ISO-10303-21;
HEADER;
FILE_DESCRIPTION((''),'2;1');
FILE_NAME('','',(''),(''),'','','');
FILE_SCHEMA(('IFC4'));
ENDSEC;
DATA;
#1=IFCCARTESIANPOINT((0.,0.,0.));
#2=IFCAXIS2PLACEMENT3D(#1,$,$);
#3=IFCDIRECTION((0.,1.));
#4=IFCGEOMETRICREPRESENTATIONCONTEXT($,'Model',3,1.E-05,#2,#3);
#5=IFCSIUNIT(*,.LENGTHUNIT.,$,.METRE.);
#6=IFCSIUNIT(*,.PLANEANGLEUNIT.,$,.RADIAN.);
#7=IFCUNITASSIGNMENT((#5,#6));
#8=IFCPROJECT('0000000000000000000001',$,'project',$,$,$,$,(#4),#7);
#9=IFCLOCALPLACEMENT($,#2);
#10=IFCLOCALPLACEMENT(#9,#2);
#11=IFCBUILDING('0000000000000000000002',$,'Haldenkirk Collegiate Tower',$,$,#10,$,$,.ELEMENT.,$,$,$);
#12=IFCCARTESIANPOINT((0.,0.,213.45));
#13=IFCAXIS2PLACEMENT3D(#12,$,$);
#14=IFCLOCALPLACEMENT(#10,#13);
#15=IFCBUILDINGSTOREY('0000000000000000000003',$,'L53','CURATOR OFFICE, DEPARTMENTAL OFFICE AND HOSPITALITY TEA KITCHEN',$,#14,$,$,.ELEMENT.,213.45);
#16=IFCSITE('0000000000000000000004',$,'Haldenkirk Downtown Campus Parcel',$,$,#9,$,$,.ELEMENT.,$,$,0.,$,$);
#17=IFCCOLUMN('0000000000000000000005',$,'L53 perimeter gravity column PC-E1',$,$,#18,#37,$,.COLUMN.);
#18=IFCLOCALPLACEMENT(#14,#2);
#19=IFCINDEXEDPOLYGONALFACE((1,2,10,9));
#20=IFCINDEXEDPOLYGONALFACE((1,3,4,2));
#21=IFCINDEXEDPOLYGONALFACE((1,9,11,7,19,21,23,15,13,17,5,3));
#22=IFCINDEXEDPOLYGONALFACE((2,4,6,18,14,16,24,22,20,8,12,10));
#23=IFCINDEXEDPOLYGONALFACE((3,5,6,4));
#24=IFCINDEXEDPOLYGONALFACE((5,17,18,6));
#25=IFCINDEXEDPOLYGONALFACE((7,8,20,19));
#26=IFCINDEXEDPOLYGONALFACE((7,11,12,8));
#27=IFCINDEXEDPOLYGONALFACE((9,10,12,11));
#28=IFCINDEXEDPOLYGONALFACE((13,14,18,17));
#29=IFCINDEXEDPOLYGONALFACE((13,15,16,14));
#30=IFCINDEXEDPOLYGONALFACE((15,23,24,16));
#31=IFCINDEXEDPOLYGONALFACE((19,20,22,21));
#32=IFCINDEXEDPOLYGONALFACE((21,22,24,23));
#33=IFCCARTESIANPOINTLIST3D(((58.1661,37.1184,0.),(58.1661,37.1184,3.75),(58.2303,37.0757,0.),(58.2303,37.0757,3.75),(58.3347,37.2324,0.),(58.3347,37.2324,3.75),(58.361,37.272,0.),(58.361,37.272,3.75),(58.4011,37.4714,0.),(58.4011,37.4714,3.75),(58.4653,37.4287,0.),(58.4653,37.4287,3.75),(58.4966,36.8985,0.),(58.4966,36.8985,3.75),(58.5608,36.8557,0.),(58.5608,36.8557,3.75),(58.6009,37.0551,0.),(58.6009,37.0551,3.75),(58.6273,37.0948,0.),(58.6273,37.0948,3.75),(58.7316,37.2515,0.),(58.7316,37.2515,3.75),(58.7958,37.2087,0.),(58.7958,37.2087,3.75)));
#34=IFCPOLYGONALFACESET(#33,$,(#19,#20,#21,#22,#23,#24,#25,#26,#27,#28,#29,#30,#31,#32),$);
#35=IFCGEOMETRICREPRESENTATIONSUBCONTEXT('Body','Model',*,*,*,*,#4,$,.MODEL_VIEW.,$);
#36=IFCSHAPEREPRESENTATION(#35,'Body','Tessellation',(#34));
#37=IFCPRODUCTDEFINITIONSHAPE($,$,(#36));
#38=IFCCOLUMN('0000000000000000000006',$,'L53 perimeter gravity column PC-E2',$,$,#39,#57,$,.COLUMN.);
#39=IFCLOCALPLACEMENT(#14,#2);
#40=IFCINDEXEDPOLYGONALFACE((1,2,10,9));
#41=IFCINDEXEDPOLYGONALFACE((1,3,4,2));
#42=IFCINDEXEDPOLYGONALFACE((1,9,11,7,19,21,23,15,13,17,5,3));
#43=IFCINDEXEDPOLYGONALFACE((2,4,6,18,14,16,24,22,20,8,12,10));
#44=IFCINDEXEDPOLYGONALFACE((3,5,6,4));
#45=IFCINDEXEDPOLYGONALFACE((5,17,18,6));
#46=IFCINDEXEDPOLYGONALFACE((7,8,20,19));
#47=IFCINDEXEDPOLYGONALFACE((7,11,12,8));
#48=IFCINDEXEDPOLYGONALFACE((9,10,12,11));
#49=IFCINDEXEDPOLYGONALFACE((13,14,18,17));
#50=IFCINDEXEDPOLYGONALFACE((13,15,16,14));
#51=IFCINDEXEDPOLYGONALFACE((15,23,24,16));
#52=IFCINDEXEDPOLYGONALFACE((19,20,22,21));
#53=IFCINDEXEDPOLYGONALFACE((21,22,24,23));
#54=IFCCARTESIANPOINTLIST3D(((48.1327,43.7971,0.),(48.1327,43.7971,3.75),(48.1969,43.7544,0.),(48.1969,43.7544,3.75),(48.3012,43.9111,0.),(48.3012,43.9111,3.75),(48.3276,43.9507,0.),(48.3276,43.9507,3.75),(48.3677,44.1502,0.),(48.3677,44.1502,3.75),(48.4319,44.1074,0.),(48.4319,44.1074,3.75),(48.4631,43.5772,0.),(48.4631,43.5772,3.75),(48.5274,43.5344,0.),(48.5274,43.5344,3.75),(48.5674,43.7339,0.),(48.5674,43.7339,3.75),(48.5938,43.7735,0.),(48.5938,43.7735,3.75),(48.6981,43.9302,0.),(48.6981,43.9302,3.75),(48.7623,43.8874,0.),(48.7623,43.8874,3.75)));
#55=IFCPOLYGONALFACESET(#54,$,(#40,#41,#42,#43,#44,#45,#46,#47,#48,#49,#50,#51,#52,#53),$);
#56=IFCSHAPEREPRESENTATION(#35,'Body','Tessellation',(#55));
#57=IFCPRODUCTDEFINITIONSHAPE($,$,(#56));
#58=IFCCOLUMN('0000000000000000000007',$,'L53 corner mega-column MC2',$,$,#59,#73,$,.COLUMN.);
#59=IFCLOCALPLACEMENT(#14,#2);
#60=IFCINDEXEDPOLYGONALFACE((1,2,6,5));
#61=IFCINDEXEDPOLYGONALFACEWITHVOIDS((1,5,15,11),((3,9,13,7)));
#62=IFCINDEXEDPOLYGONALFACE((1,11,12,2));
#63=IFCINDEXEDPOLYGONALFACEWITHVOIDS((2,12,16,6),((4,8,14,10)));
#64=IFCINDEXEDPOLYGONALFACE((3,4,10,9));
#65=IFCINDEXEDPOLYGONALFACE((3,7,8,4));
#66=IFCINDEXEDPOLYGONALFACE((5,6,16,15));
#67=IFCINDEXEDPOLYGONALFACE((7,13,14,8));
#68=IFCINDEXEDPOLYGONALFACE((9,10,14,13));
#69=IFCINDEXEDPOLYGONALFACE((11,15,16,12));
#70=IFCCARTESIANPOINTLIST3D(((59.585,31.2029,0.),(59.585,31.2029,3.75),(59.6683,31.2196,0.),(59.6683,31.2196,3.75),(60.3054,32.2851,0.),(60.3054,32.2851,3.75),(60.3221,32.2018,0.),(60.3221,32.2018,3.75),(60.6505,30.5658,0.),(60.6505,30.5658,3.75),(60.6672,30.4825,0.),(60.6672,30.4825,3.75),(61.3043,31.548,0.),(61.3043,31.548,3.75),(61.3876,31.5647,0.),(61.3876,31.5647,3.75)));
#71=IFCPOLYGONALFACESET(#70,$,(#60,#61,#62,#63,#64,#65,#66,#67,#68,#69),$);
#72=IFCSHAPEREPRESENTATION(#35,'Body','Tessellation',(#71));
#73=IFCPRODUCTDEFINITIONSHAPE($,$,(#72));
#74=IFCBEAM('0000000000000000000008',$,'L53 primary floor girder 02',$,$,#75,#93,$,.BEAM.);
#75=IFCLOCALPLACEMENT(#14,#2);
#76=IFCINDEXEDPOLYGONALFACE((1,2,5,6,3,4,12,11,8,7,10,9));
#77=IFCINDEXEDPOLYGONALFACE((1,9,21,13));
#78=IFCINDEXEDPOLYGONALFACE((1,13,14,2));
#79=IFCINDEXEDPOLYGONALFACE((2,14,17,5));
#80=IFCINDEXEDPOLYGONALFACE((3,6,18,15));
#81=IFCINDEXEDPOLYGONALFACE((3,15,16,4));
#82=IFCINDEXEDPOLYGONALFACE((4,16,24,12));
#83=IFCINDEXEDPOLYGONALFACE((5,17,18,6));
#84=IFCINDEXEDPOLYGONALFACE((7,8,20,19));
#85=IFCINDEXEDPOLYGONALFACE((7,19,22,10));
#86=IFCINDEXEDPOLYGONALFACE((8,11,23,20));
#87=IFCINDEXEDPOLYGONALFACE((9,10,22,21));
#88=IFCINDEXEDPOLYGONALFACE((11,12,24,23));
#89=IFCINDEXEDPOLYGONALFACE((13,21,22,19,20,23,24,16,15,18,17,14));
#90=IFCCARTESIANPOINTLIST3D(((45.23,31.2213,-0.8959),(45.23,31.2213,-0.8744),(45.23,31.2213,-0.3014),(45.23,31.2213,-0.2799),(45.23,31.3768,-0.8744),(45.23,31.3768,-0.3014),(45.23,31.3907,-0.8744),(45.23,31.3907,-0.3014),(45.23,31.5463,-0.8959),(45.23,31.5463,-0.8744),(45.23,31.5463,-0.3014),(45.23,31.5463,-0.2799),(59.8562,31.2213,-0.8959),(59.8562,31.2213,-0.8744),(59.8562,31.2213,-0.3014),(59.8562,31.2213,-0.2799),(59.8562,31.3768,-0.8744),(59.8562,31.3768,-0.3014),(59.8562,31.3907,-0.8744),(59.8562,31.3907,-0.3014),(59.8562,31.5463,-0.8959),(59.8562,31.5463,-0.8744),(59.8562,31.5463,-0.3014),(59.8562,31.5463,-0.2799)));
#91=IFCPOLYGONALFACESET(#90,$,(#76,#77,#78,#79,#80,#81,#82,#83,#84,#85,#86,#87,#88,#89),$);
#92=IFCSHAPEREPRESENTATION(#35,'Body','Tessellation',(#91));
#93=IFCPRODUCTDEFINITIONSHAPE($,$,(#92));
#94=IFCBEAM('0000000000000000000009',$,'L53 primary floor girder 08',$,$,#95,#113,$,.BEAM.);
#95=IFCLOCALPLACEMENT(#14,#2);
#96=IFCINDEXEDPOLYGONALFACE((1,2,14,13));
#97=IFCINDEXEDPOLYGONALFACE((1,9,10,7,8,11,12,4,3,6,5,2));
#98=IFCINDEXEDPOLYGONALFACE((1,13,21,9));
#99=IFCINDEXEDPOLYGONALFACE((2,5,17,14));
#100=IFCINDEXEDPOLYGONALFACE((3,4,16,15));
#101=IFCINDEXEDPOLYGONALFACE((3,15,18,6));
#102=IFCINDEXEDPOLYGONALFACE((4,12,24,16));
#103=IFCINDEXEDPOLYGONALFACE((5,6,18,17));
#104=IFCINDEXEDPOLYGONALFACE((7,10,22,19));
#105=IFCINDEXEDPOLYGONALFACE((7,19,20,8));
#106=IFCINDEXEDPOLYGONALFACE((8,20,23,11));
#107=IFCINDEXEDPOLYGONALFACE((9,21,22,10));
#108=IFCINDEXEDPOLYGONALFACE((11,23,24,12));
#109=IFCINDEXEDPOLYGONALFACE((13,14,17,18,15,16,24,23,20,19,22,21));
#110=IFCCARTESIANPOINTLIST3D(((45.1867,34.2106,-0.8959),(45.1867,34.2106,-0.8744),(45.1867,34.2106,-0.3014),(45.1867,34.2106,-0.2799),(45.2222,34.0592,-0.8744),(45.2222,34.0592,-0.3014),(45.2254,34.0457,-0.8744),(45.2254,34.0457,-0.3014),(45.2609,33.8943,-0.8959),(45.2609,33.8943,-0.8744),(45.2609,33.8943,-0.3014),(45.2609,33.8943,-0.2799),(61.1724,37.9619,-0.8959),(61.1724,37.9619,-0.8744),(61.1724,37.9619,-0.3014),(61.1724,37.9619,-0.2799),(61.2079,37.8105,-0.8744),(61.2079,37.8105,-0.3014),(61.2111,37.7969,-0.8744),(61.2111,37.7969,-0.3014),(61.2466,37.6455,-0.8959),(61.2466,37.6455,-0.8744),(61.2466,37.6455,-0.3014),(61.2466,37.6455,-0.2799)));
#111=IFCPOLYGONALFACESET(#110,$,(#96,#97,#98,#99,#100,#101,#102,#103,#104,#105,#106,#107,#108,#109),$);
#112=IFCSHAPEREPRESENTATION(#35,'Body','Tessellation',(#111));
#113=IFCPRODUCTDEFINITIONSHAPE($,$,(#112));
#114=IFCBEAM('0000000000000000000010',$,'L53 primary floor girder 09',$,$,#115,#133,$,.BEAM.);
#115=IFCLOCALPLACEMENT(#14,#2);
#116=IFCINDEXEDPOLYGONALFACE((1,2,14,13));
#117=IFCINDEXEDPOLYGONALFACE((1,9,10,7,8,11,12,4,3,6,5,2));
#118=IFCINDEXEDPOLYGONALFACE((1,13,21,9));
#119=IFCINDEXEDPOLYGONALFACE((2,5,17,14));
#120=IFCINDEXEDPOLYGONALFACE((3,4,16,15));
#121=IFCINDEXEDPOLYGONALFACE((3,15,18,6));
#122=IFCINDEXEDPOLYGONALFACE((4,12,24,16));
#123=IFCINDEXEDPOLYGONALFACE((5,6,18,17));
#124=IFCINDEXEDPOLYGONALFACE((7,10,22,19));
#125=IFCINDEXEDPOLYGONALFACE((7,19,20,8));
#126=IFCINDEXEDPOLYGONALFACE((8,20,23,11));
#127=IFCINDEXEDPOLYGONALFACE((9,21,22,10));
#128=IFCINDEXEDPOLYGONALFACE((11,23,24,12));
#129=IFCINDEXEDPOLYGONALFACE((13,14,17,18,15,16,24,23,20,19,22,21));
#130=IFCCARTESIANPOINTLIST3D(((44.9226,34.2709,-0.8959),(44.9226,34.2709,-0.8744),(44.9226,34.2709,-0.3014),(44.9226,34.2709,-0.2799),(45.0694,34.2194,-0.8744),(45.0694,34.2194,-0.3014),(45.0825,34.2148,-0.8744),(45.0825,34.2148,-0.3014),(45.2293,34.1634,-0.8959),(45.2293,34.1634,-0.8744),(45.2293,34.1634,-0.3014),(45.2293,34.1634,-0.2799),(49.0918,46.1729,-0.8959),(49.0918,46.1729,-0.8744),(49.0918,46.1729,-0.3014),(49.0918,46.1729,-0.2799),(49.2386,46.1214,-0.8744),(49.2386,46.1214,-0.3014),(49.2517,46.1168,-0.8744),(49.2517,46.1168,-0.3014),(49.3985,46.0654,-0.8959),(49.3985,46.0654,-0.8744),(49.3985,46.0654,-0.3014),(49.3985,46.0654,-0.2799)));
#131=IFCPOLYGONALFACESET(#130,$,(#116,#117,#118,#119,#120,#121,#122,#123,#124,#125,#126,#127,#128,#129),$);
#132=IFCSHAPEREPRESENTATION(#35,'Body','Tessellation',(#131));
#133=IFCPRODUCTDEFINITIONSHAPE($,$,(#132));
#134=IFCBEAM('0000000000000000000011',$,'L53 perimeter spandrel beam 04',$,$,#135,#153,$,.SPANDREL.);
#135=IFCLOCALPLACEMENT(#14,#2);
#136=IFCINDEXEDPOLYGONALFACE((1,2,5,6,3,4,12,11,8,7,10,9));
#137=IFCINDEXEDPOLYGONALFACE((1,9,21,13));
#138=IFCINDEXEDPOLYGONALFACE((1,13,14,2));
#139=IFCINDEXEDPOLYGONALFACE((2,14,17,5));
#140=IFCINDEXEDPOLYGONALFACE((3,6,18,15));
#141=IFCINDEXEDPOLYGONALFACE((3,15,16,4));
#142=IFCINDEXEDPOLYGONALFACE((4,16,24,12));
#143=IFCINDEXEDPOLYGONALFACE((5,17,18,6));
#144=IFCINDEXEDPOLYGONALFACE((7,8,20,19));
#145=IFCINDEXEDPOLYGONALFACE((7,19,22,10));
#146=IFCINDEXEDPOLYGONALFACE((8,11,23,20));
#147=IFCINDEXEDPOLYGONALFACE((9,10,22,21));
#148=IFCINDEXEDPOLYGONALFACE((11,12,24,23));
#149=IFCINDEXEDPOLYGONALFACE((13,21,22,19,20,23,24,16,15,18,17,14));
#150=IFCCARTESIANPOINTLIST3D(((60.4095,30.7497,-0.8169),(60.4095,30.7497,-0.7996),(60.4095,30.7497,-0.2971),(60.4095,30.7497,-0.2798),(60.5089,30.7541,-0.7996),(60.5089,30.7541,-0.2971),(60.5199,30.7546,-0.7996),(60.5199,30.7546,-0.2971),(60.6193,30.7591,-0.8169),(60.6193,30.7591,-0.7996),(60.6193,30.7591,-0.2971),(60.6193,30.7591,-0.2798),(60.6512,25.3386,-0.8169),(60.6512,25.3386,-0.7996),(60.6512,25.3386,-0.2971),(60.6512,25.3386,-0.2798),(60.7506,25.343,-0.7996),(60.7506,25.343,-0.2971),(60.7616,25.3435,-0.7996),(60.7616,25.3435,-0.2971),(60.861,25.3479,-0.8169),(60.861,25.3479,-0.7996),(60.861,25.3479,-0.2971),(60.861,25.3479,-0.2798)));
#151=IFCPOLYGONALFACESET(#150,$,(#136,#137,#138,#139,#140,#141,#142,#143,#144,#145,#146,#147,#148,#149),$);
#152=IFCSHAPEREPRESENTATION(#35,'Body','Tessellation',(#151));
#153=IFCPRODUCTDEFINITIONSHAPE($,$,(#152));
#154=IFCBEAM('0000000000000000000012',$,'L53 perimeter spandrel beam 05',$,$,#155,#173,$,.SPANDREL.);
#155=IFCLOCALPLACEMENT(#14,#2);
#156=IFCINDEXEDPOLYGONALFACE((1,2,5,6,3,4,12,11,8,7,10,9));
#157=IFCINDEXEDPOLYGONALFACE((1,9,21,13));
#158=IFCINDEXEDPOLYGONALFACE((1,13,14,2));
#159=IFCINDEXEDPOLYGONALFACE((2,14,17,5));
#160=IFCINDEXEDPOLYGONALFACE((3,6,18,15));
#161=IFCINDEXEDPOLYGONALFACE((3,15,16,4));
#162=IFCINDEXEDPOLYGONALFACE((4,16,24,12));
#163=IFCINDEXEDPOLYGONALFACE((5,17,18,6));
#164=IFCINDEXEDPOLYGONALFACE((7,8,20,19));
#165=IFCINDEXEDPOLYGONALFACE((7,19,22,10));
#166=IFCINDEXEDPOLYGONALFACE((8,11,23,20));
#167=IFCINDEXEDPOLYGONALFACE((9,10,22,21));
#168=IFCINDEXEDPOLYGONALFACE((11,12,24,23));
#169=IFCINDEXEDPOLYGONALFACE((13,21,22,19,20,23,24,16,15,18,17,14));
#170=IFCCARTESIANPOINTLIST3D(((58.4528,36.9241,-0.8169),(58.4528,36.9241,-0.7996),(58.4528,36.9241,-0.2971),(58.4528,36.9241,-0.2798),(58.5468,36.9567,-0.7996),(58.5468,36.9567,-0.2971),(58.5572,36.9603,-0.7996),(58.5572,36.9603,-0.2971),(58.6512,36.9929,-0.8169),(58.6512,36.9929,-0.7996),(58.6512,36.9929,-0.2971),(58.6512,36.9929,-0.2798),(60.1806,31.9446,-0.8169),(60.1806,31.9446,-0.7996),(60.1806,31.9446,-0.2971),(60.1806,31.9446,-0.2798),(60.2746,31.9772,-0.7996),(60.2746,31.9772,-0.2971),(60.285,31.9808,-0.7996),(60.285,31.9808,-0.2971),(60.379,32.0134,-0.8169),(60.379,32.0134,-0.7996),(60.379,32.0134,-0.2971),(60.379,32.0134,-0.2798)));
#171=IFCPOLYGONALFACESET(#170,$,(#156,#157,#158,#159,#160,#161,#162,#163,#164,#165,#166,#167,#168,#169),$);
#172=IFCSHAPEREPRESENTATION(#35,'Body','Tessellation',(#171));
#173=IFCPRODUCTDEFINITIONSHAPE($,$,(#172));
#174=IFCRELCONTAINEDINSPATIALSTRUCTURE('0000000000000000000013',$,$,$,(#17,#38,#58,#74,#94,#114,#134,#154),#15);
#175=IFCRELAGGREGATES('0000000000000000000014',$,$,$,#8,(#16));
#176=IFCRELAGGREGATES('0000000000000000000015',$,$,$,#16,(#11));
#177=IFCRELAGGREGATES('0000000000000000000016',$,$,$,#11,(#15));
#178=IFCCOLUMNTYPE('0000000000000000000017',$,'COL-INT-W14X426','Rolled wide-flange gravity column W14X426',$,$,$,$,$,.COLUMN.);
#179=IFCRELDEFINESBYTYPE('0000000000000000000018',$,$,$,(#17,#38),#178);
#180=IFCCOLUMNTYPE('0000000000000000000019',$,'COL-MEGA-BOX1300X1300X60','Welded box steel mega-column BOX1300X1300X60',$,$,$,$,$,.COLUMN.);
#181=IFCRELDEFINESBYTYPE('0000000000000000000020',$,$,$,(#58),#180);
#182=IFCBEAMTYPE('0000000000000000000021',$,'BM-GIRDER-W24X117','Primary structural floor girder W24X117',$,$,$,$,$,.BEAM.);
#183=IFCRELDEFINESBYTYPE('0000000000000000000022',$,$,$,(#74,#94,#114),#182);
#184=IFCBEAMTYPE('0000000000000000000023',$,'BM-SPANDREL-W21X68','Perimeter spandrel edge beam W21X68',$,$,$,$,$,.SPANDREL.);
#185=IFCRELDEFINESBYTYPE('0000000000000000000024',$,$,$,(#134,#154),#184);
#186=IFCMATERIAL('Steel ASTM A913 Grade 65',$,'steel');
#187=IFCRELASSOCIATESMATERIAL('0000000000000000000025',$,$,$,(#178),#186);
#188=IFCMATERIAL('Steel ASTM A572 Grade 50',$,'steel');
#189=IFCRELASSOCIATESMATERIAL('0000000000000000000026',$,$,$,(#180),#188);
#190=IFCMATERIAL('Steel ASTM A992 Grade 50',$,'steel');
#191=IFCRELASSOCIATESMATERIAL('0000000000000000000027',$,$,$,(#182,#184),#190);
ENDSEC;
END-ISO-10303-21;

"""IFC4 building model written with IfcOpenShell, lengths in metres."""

from ifc_helpers import new_model, si_unit, direction, frame, origin, origin_2d, place, context, subcontext, project, spatial, hollow_rectangle, i_section, extrude, material, material_profile, profile_set, type_object, element, save


model = new_model("IFC4")

# Units and contexts
model_context = context("Model", 3, precision=1e-05, world=origin(), true_north=direction((0.0, 1.0)))
body_context = subcontext(model_context, "Body", "Model", "MODEL_VIEW")
ifc_project = project(units=[si_unit("LENGTHUNIT", "METRE"), si_unit("PLANEANGLEUNIT", "RADIAN")], contexts=[model_context])

# Site, building, storey
site_placement = place(None, origin())
site = spatial("IfcSite", under=ifc_project, at=site_placement, Name="Haldenkirk Downtown Campus Parcel", CompositionType="ELEMENT", RefElevation=0.0)
building_placement = place(site_placement, origin())
building = spatial("IfcBuilding", under=site, at=building_placement, Name="Haldenkirk Collegiate Tower", CompositionType="ELEMENT")
storey_placement = place(building_placement, frame((0.0, 0.0, 213.45)))
storey = spatial("IfcBuildingStorey", under=building, at=storey_placement, Name="L53", Description="CURATOR OFFICE, DEPARTMENTAL OFFICE AND HOSPITALITY TEA KITCHEN", CompositionType="ELEMENT", Elevation=213.45)

# Columns
ifc_material_1 = material(Name="Steel ASTM A913 Grade 65", Category="steel")
ifc_material_profile_1 = material_profile(ifc_material_1, i_section(OverallWidth=0.4241, OverallDepth=0.4741, WebThickness=0.0476, FlangeThickness=0.0771, at=origin_2d()), Name="W14X426")
ifc_profile_set_1 = profile_set([ifc_material_profile_1], Name="Steel ASTM A913 Grade 65")
column_type_1 = type_object("IfcColumnType", Name="COL-INT-W14X426", Description="Rolled wide-flange gravity column W14X426", PredefinedType="COLUMN", material=ifc_profile_set_1)
for number, where, z_axis, x_axis, name in (
    (1, (58.481, 37.1636, 0.0), (0.0, 0.0, 1.0), (0.554118, 0.832438, 0.0), "L53 perimeter gravity column PC-E1"),
    (2, (48.4475, 43.8423, 0.0), (0.0, 0.0, 1.0), (0.554118, 0.832438, 0.0), "L53 perimeter gravity column PC-E2"),
):
    element("IfcColumn", number, at=place(storey_placement, frame(where, z_axis=z_axis, x_axis=x_axis)), inside=storey, type_object=column_type_1, Name=name, PredefinedType="COLUMN", context=body_context, shape_type="SweptSolid", body=[
        extrude(i_section(OverallWidth=0.4241, OverallDepth=0.4741, WebThickness=0.0476, FlangeThickness=0.0771, at=origin_2d()), origin(), (0.0, 0.0, 1.0), 3.75),
    ])
ifc_material_2 = material(Name="Steel ASTM A572 Grade 50", Category="steel")
ifc_material_profile_2 = material_profile(ifc_material_2, hollow_rectangle(XDim=1.3, YDim=1.3, WallThickness=0.0601, at=origin_2d()), Name="BOX1300X1300X60")
ifc_profile_set_2 = profile_set([ifc_material_profile_2], Name="Steel ASTM A572 Grade 50")
column_type_2 = type_object("IfcColumnType", Name="COL-MEGA-BOX1300X1300X60", Description="Welded box steel mega-column BOX1300X1300X60", PredefinedType="COLUMN", material=ifc_profile_set_2)
column_placement = place(storey_placement, frame((60.4863, 31.3838, 0.0), z_axis=(0.0, 0.0, 1.0), x_axis=(0.554118, 0.832438, 0.0)))
element("IfcColumn", 3, at=column_placement, inside=storey, type_object=column_type_2, Name="L53 corner mega-column MC2", PredefinedType="COLUMN", context=body_context, shape_type="SweptSolid", body=[
    extrude(hollow_rectangle(XDim=1.3, YDim=1.3, WallThickness=0.0601, at=origin_2d()), origin(), (0.0, 0.0, 1.0), 3.75),
])

# Beams
ifc_material_3 = material(Name="Steel ASTM A992 Grade 50", Category="steel")
ifc_material_profile_3 = material_profile(ifc_material_3, i_section(OverallWidth=0.325, OverallDepth=0.616, WebThickness=0.0139, FlangeThickness=0.0215, at=origin_2d()), Name="W24X117")
ifc_profile_set_3 = profile_set([ifc_material_profile_3], Name="Steel ASTM A992 Grade 50")
beam_type_1 = type_object("IfcBeamType", Name="BM-GIRDER-W24X117", Description="Primary structural floor girder W24X117", PredefinedType="BEAM", material=ifc_profile_set_3)
beam_1_placement = place(storey_placement, frame((59.8562, 31.3838, -0.5879), z_axis=(-1.0, 0.0, 0.0), x_axis=(0.0, -1.0, 0.0)))
element("IfcBeam", 4, at=beam_1_placement, inside=storey, type_object=beam_type_1, Name="L53 primary floor girder 02", PredefinedType="BEAM", context=body_context, shape_type="SweptSolid", body=[
    extrude(i_section(OverallWidth=0.325, OverallDepth=0.616, WebThickness=0.0139, FlangeThickness=0.0215, at=origin_2d()), origin(), (0.0, 0.0, 1.0), 14.6262),
])
beam_2_placement = place(storey_placement, frame((61.2095, 37.8037, -0.5879), z_axis=(-0.973554, -0.228457, 0.0), x_axis=(0.228457, -0.973554, 0.0)))
element("IfcBeam", 5, at=beam_2_placement, inside=storey, type_object=beam_type_1, Name="L53 primary floor girder 08", PredefinedType="BEAM", context=body_context, shape_type="SweptSolid", body=[
    extrude(i_section(OverallWidth=0.325, OverallDepth=0.616, WebThickness=0.0139, FlangeThickness=0.0215, at=origin_2d()), origin(), (0.0, 0.0, 1.0), 16.4199),
])
beam_3_placement = place(storey_placement, frame((49.2451, 46.1191, -0.5879), z_axis=(-0.330594, -0.943773, 0.0), x_axis=(0.943773, -0.330594, 0.0)))
element("IfcBeam", 6, at=beam_3_placement, inside=storey, type_object=beam_type_1, Name="L53 primary floor girder 09", PredefinedType="BEAM", context=body_context, shape_type="SweptSolid", body=[
    extrude(i_section(OverallWidth=0.325, OverallDepth=0.616, WebThickness=0.0139, FlangeThickness=0.0215, at=origin_2d()), origin(), (0.0, 0.0, 1.0), 12.6111),
])
ifc_material_profile_4 = material_profile(ifc_material_3, i_section(OverallWidth=0.21, OverallDepth=0.5371, WebThickness=0.011, FlangeThickness=0.0173, at=origin_2d()), Name="W21X68")
ifc_profile_set_4 = profile_set([ifc_material_profile_4], Name="Steel ASTM A992 Grade 50")
beam_type_2 = type_object("IfcBeamType", Name="BM-SPANDREL-W21X68", Description="Perimeter spandrel edge beam W21X68", PredefinedType="SPANDREL", material=ifc_profile_set_4)
beam_4_placement = place(storey_placement, frame((60.7561, 25.3433, -0.5483), z_axis=(-0.044623, 0.999004, 0.0), x_axis=(-0.999004, -0.044623, 0.0)))
element("IfcBeam", 7, at=beam_4_placement, inside=storey, type_object=beam_type_2, Name="L53 perimeter spandrel beam 04", PredefinedType="SPANDREL", context=body_context, shape_type="SweptSolid", body=[
    extrude(i_section(OverallWidth=0.21, OverallDepth=0.5371, WebThickness=0.011, FlangeThickness=0.0173, at=origin_2d()), origin(), (0.0, 0.0, 1.0), 5.4165),
])
beam_5_placement = place(storey_placement, frame((60.2798, 31.979, -0.5483), z_axis=(-0.327807, 0.944745, 0.0), x_axis=(-0.944745, -0.327807, 0.0)))
element("IfcBeam", 8, at=beam_5_placement, inside=storey, type_object=beam_type_2, Name="L53 perimeter spandrel beam 05", PredefinedType="SPANDREL", context=body_context, shape_type="SweptSolid", body=[
    extrude(i_section(OverallWidth=0.21, OverallDepth=0.5371, WebThickness=0.011, FlangeThickness=0.0173, at=origin_2d()), origin(), (0.0, 0.0, 1.0), 5.2708),
])

save(model, "model.ifc")
